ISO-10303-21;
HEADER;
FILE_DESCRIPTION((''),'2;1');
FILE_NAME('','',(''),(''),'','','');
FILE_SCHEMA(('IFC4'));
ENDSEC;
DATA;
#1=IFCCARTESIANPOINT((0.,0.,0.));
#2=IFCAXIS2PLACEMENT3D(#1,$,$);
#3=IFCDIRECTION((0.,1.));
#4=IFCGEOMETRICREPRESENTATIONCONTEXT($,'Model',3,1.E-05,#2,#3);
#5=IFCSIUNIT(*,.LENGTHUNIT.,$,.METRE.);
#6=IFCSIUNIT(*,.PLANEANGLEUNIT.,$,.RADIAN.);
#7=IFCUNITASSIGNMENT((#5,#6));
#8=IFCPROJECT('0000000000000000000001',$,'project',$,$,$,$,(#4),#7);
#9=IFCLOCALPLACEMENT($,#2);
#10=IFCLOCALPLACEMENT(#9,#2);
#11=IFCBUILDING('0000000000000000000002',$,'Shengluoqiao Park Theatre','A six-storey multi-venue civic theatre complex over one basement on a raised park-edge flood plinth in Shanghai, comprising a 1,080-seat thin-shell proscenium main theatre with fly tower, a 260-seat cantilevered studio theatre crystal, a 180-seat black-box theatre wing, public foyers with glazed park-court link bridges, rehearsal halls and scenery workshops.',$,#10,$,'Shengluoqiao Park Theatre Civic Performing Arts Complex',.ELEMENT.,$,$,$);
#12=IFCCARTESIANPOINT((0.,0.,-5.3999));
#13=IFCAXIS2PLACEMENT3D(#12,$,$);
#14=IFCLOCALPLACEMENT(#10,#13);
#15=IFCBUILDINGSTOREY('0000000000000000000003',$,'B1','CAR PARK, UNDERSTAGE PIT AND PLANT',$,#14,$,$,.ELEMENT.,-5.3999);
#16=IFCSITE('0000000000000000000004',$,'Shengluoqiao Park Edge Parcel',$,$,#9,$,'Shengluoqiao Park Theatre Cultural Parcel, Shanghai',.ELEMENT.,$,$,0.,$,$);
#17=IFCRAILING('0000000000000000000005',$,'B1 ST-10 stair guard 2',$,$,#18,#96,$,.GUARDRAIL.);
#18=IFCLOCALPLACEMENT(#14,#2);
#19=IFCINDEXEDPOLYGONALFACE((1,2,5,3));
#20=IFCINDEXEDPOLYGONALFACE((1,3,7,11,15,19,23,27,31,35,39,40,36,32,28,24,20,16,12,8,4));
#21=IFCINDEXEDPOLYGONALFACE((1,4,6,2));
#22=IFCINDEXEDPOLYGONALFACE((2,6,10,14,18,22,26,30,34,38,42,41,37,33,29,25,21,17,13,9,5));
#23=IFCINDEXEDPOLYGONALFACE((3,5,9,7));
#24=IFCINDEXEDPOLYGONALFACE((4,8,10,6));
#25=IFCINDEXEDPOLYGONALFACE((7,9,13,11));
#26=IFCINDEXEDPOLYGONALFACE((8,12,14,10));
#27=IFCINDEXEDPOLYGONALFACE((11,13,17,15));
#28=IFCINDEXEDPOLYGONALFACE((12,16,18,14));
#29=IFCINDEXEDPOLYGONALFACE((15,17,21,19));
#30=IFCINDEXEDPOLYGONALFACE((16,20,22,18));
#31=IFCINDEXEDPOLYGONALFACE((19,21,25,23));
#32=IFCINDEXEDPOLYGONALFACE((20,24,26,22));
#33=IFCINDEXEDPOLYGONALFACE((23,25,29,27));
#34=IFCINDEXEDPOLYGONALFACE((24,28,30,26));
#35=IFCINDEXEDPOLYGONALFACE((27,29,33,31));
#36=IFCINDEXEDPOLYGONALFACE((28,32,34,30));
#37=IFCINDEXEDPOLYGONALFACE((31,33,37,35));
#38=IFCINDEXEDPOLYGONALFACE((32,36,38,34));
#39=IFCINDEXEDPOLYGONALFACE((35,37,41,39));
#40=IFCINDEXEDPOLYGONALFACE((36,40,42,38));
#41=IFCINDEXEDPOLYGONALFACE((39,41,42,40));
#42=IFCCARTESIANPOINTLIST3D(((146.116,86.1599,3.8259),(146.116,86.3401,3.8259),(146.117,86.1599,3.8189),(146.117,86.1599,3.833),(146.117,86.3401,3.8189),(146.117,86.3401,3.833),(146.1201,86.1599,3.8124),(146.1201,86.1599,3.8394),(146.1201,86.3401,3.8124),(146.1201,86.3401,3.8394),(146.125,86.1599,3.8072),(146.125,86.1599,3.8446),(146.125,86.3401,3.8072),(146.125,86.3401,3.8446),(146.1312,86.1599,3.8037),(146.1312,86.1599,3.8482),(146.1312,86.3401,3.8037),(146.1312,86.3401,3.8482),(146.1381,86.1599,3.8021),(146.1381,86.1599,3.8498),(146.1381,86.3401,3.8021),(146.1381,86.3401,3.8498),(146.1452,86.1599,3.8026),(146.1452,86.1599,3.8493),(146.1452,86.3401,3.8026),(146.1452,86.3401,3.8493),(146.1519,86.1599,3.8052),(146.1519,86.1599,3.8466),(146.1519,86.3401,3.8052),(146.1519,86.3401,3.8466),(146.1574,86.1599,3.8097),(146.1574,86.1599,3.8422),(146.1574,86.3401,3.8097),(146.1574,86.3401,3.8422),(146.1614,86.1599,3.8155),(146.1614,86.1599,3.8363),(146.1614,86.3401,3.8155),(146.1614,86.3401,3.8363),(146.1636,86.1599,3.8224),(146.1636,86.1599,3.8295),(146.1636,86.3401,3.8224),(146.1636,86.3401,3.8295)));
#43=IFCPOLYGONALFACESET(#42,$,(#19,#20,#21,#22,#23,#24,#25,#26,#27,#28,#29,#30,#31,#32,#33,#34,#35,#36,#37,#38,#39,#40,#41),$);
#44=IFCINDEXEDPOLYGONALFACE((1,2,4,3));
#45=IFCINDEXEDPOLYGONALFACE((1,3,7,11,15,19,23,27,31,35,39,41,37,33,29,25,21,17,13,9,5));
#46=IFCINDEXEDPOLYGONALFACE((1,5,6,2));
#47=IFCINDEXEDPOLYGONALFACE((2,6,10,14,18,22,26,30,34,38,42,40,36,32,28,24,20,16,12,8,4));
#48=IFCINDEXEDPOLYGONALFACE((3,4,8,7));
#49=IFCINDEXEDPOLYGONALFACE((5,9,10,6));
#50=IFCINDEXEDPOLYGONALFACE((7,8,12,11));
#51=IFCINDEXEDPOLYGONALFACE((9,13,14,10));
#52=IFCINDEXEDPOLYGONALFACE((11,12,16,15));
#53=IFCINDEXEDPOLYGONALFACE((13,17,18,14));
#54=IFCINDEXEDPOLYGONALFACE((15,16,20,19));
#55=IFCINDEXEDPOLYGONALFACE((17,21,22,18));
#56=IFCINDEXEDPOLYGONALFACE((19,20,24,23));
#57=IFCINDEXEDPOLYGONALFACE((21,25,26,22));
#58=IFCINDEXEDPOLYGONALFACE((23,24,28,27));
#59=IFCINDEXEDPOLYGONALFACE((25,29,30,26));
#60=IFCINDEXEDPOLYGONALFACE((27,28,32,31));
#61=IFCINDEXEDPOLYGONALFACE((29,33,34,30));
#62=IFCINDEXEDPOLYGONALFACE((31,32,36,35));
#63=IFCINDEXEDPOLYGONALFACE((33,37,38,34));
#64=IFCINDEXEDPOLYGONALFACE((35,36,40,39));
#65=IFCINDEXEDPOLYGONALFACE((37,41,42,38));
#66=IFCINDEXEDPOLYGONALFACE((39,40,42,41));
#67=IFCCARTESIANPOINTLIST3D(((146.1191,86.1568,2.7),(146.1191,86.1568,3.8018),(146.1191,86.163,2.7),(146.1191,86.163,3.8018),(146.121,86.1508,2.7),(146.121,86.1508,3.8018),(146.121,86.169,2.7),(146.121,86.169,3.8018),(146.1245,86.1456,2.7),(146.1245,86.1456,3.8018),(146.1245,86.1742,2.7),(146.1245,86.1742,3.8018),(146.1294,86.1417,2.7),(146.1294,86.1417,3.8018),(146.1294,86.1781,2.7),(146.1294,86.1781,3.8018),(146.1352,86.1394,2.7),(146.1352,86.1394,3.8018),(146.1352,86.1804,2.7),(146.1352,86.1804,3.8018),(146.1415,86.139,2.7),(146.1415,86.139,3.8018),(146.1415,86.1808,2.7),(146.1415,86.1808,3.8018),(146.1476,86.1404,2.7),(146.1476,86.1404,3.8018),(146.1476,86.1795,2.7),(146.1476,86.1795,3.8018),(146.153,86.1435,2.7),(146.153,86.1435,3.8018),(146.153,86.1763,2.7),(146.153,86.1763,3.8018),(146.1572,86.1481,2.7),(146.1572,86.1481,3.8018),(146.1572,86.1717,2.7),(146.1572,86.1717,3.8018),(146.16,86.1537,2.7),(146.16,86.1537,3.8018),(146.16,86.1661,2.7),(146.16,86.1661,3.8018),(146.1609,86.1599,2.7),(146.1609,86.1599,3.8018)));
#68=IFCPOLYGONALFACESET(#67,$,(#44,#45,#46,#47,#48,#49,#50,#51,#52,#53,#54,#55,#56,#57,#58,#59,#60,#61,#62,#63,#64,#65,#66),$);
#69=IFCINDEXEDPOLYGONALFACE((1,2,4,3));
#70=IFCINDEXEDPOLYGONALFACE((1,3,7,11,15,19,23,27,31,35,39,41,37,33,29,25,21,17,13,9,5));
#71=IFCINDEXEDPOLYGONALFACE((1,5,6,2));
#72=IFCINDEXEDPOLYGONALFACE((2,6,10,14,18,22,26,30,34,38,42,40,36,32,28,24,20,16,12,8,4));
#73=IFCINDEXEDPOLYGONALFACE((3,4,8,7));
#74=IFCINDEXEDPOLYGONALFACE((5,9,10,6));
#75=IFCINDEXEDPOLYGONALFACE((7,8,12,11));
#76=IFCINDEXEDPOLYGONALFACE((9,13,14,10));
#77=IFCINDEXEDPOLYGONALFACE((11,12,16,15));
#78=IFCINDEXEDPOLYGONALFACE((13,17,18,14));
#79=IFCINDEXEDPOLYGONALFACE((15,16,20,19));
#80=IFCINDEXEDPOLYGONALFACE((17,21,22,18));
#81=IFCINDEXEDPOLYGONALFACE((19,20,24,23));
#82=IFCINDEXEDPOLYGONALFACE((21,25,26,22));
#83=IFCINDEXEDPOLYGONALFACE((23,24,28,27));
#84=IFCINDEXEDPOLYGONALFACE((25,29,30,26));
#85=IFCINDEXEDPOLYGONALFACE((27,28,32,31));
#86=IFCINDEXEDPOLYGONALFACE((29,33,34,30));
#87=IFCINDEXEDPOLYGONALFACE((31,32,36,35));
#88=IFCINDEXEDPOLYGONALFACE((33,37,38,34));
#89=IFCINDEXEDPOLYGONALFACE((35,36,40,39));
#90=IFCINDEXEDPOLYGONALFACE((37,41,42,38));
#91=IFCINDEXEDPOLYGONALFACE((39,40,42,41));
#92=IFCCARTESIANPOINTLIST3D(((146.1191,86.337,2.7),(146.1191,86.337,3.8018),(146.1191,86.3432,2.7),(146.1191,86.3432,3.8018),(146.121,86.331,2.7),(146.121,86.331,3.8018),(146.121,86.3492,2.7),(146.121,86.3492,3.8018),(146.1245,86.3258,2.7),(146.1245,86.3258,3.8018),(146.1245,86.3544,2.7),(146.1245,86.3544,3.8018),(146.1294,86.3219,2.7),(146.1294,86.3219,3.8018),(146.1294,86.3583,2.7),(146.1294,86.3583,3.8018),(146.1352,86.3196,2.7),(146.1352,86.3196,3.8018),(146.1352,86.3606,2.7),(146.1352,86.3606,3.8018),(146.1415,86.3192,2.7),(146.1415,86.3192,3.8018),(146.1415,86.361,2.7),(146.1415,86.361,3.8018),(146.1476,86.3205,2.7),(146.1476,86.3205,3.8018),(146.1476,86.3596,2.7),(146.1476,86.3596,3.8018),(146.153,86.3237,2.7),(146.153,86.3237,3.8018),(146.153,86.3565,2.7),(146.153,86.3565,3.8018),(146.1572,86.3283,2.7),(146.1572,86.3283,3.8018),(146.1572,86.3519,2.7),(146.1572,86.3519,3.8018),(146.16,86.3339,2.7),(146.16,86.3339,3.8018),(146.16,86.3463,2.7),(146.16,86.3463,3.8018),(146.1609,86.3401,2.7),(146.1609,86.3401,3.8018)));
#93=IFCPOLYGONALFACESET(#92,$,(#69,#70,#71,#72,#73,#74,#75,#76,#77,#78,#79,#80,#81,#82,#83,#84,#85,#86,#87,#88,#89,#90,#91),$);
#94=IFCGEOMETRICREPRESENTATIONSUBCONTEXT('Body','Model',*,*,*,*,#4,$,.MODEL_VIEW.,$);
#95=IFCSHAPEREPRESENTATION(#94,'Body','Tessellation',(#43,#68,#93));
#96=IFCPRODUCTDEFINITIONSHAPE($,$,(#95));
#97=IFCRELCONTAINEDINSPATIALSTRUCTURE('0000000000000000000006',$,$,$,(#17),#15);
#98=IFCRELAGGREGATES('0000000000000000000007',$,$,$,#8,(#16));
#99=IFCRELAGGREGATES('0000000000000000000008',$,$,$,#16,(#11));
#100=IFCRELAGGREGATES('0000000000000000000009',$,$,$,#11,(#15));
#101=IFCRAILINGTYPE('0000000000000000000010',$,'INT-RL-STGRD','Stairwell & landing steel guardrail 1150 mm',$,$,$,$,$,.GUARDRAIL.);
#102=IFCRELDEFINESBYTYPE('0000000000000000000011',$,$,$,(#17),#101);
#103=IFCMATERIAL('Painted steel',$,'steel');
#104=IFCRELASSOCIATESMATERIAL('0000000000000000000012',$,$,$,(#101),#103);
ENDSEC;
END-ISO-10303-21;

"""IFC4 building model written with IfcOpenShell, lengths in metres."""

from ifc_helpers import new_model, si_unit, direction, frame, origin, origin_2d, place, context, subcontext, project, spatial, circle, extrude, material, type_object, element, save


model = new_model("IFC4")

# Units and contexts
model_context = context("Model", 3, precision=1e-05, world=origin(), true_north=direction((0.0, 1.0)))
body_context = subcontext(model_context, "Body", "Model", "MODEL_VIEW")
ifc_project = project(units=[si_unit("LENGTHUNIT", "METRE"), si_unit("PLANEANGLEUNIT", "RADIAN")], contexts=[model_context])

# Site, building, storey
site_placement = place(None, origin())
site = spatial("IfcSite", under=ifc_project, at=site_placement, Name="Shengluoqiao Park Edge Parcel", LongName="Shengluoqiao Park Theatre Cultural Parcel, Shanghai", CompositionType="ELEMENT", RefElevation=0.0)
building_placement = place(site_placement, origin())
building = spatial("IfcBuilding", under=site, at=building_placement, Name="Shengluoqiao Park Theatre", Description="A six-storey multi-venue civic theatre complex over one basement on a raised park-edge flood plinth in Shanghai, comprising a 1,080-seat thin-shell proscenium main theatre with fly tower, a 260-seat cantilevered studio theatre crystal, a 180-seat black-box theatre wing, public foyers with glazed park-court link bridges, rehearsal halls and scenery workshops.", LongName="Shengluoqiao Park Theatre Civic Performing Arts Complex", CompositionType="ELEMENT")
storey_placement = place(building_placement, frame((0.0, 0.0, -5.3999)))
storey = spatial("IfcBuildingStorey", under=building, at=storey_placement, Name="B1", Description="CAR PARK, UNDERSTAGE PIT AND PLANT", CompositionType="ELEMENT", Elevation=-5.3999)

# Railing
ifc_material_1 = material(Name="Painted steel", Category="steel")
railing_type_1 = type_object("IfcRailingType", Name="INT-RL-STGRD", Description="Stairwell & landing steel guardrail 1150 mm", PredefinedType="GUARDRAIL", material=ifc_material_1)
railing_1_placement = place(storey_placement, frame((146.1399, 86.1599, 2.7)))
element("IfcRailing", 1, at=railing_1_placement, inside=storey, type_object=railing_type_1, Name="B1 ST-10 stair guard 2", PredefinedType="GUARDRAIL", context=body_context, shape_type="SweptSolid", body=[
    extrude(circle(Radius=0.0239, at=origin_2d()), frame((0.0, 0.0, 1.126), z_axis=(0.0, 1.0, 0.0), x_axis=(-1.0, 0.0, 0.0)), (0.0, 0.0, 1.0), 0.1802),
    extrude(circle(Radius=0.021, at=origin_2d()), origin(), (0.0, 0.0, 1.0), 1.1018),
    extrude(circle(Radius=0.021, at=origin_2d()), frame((0.0, 0.1802, 0.0)), (0.0, 0.0, 1.0), 1.1018),
])

save(model, "model.ifc")
